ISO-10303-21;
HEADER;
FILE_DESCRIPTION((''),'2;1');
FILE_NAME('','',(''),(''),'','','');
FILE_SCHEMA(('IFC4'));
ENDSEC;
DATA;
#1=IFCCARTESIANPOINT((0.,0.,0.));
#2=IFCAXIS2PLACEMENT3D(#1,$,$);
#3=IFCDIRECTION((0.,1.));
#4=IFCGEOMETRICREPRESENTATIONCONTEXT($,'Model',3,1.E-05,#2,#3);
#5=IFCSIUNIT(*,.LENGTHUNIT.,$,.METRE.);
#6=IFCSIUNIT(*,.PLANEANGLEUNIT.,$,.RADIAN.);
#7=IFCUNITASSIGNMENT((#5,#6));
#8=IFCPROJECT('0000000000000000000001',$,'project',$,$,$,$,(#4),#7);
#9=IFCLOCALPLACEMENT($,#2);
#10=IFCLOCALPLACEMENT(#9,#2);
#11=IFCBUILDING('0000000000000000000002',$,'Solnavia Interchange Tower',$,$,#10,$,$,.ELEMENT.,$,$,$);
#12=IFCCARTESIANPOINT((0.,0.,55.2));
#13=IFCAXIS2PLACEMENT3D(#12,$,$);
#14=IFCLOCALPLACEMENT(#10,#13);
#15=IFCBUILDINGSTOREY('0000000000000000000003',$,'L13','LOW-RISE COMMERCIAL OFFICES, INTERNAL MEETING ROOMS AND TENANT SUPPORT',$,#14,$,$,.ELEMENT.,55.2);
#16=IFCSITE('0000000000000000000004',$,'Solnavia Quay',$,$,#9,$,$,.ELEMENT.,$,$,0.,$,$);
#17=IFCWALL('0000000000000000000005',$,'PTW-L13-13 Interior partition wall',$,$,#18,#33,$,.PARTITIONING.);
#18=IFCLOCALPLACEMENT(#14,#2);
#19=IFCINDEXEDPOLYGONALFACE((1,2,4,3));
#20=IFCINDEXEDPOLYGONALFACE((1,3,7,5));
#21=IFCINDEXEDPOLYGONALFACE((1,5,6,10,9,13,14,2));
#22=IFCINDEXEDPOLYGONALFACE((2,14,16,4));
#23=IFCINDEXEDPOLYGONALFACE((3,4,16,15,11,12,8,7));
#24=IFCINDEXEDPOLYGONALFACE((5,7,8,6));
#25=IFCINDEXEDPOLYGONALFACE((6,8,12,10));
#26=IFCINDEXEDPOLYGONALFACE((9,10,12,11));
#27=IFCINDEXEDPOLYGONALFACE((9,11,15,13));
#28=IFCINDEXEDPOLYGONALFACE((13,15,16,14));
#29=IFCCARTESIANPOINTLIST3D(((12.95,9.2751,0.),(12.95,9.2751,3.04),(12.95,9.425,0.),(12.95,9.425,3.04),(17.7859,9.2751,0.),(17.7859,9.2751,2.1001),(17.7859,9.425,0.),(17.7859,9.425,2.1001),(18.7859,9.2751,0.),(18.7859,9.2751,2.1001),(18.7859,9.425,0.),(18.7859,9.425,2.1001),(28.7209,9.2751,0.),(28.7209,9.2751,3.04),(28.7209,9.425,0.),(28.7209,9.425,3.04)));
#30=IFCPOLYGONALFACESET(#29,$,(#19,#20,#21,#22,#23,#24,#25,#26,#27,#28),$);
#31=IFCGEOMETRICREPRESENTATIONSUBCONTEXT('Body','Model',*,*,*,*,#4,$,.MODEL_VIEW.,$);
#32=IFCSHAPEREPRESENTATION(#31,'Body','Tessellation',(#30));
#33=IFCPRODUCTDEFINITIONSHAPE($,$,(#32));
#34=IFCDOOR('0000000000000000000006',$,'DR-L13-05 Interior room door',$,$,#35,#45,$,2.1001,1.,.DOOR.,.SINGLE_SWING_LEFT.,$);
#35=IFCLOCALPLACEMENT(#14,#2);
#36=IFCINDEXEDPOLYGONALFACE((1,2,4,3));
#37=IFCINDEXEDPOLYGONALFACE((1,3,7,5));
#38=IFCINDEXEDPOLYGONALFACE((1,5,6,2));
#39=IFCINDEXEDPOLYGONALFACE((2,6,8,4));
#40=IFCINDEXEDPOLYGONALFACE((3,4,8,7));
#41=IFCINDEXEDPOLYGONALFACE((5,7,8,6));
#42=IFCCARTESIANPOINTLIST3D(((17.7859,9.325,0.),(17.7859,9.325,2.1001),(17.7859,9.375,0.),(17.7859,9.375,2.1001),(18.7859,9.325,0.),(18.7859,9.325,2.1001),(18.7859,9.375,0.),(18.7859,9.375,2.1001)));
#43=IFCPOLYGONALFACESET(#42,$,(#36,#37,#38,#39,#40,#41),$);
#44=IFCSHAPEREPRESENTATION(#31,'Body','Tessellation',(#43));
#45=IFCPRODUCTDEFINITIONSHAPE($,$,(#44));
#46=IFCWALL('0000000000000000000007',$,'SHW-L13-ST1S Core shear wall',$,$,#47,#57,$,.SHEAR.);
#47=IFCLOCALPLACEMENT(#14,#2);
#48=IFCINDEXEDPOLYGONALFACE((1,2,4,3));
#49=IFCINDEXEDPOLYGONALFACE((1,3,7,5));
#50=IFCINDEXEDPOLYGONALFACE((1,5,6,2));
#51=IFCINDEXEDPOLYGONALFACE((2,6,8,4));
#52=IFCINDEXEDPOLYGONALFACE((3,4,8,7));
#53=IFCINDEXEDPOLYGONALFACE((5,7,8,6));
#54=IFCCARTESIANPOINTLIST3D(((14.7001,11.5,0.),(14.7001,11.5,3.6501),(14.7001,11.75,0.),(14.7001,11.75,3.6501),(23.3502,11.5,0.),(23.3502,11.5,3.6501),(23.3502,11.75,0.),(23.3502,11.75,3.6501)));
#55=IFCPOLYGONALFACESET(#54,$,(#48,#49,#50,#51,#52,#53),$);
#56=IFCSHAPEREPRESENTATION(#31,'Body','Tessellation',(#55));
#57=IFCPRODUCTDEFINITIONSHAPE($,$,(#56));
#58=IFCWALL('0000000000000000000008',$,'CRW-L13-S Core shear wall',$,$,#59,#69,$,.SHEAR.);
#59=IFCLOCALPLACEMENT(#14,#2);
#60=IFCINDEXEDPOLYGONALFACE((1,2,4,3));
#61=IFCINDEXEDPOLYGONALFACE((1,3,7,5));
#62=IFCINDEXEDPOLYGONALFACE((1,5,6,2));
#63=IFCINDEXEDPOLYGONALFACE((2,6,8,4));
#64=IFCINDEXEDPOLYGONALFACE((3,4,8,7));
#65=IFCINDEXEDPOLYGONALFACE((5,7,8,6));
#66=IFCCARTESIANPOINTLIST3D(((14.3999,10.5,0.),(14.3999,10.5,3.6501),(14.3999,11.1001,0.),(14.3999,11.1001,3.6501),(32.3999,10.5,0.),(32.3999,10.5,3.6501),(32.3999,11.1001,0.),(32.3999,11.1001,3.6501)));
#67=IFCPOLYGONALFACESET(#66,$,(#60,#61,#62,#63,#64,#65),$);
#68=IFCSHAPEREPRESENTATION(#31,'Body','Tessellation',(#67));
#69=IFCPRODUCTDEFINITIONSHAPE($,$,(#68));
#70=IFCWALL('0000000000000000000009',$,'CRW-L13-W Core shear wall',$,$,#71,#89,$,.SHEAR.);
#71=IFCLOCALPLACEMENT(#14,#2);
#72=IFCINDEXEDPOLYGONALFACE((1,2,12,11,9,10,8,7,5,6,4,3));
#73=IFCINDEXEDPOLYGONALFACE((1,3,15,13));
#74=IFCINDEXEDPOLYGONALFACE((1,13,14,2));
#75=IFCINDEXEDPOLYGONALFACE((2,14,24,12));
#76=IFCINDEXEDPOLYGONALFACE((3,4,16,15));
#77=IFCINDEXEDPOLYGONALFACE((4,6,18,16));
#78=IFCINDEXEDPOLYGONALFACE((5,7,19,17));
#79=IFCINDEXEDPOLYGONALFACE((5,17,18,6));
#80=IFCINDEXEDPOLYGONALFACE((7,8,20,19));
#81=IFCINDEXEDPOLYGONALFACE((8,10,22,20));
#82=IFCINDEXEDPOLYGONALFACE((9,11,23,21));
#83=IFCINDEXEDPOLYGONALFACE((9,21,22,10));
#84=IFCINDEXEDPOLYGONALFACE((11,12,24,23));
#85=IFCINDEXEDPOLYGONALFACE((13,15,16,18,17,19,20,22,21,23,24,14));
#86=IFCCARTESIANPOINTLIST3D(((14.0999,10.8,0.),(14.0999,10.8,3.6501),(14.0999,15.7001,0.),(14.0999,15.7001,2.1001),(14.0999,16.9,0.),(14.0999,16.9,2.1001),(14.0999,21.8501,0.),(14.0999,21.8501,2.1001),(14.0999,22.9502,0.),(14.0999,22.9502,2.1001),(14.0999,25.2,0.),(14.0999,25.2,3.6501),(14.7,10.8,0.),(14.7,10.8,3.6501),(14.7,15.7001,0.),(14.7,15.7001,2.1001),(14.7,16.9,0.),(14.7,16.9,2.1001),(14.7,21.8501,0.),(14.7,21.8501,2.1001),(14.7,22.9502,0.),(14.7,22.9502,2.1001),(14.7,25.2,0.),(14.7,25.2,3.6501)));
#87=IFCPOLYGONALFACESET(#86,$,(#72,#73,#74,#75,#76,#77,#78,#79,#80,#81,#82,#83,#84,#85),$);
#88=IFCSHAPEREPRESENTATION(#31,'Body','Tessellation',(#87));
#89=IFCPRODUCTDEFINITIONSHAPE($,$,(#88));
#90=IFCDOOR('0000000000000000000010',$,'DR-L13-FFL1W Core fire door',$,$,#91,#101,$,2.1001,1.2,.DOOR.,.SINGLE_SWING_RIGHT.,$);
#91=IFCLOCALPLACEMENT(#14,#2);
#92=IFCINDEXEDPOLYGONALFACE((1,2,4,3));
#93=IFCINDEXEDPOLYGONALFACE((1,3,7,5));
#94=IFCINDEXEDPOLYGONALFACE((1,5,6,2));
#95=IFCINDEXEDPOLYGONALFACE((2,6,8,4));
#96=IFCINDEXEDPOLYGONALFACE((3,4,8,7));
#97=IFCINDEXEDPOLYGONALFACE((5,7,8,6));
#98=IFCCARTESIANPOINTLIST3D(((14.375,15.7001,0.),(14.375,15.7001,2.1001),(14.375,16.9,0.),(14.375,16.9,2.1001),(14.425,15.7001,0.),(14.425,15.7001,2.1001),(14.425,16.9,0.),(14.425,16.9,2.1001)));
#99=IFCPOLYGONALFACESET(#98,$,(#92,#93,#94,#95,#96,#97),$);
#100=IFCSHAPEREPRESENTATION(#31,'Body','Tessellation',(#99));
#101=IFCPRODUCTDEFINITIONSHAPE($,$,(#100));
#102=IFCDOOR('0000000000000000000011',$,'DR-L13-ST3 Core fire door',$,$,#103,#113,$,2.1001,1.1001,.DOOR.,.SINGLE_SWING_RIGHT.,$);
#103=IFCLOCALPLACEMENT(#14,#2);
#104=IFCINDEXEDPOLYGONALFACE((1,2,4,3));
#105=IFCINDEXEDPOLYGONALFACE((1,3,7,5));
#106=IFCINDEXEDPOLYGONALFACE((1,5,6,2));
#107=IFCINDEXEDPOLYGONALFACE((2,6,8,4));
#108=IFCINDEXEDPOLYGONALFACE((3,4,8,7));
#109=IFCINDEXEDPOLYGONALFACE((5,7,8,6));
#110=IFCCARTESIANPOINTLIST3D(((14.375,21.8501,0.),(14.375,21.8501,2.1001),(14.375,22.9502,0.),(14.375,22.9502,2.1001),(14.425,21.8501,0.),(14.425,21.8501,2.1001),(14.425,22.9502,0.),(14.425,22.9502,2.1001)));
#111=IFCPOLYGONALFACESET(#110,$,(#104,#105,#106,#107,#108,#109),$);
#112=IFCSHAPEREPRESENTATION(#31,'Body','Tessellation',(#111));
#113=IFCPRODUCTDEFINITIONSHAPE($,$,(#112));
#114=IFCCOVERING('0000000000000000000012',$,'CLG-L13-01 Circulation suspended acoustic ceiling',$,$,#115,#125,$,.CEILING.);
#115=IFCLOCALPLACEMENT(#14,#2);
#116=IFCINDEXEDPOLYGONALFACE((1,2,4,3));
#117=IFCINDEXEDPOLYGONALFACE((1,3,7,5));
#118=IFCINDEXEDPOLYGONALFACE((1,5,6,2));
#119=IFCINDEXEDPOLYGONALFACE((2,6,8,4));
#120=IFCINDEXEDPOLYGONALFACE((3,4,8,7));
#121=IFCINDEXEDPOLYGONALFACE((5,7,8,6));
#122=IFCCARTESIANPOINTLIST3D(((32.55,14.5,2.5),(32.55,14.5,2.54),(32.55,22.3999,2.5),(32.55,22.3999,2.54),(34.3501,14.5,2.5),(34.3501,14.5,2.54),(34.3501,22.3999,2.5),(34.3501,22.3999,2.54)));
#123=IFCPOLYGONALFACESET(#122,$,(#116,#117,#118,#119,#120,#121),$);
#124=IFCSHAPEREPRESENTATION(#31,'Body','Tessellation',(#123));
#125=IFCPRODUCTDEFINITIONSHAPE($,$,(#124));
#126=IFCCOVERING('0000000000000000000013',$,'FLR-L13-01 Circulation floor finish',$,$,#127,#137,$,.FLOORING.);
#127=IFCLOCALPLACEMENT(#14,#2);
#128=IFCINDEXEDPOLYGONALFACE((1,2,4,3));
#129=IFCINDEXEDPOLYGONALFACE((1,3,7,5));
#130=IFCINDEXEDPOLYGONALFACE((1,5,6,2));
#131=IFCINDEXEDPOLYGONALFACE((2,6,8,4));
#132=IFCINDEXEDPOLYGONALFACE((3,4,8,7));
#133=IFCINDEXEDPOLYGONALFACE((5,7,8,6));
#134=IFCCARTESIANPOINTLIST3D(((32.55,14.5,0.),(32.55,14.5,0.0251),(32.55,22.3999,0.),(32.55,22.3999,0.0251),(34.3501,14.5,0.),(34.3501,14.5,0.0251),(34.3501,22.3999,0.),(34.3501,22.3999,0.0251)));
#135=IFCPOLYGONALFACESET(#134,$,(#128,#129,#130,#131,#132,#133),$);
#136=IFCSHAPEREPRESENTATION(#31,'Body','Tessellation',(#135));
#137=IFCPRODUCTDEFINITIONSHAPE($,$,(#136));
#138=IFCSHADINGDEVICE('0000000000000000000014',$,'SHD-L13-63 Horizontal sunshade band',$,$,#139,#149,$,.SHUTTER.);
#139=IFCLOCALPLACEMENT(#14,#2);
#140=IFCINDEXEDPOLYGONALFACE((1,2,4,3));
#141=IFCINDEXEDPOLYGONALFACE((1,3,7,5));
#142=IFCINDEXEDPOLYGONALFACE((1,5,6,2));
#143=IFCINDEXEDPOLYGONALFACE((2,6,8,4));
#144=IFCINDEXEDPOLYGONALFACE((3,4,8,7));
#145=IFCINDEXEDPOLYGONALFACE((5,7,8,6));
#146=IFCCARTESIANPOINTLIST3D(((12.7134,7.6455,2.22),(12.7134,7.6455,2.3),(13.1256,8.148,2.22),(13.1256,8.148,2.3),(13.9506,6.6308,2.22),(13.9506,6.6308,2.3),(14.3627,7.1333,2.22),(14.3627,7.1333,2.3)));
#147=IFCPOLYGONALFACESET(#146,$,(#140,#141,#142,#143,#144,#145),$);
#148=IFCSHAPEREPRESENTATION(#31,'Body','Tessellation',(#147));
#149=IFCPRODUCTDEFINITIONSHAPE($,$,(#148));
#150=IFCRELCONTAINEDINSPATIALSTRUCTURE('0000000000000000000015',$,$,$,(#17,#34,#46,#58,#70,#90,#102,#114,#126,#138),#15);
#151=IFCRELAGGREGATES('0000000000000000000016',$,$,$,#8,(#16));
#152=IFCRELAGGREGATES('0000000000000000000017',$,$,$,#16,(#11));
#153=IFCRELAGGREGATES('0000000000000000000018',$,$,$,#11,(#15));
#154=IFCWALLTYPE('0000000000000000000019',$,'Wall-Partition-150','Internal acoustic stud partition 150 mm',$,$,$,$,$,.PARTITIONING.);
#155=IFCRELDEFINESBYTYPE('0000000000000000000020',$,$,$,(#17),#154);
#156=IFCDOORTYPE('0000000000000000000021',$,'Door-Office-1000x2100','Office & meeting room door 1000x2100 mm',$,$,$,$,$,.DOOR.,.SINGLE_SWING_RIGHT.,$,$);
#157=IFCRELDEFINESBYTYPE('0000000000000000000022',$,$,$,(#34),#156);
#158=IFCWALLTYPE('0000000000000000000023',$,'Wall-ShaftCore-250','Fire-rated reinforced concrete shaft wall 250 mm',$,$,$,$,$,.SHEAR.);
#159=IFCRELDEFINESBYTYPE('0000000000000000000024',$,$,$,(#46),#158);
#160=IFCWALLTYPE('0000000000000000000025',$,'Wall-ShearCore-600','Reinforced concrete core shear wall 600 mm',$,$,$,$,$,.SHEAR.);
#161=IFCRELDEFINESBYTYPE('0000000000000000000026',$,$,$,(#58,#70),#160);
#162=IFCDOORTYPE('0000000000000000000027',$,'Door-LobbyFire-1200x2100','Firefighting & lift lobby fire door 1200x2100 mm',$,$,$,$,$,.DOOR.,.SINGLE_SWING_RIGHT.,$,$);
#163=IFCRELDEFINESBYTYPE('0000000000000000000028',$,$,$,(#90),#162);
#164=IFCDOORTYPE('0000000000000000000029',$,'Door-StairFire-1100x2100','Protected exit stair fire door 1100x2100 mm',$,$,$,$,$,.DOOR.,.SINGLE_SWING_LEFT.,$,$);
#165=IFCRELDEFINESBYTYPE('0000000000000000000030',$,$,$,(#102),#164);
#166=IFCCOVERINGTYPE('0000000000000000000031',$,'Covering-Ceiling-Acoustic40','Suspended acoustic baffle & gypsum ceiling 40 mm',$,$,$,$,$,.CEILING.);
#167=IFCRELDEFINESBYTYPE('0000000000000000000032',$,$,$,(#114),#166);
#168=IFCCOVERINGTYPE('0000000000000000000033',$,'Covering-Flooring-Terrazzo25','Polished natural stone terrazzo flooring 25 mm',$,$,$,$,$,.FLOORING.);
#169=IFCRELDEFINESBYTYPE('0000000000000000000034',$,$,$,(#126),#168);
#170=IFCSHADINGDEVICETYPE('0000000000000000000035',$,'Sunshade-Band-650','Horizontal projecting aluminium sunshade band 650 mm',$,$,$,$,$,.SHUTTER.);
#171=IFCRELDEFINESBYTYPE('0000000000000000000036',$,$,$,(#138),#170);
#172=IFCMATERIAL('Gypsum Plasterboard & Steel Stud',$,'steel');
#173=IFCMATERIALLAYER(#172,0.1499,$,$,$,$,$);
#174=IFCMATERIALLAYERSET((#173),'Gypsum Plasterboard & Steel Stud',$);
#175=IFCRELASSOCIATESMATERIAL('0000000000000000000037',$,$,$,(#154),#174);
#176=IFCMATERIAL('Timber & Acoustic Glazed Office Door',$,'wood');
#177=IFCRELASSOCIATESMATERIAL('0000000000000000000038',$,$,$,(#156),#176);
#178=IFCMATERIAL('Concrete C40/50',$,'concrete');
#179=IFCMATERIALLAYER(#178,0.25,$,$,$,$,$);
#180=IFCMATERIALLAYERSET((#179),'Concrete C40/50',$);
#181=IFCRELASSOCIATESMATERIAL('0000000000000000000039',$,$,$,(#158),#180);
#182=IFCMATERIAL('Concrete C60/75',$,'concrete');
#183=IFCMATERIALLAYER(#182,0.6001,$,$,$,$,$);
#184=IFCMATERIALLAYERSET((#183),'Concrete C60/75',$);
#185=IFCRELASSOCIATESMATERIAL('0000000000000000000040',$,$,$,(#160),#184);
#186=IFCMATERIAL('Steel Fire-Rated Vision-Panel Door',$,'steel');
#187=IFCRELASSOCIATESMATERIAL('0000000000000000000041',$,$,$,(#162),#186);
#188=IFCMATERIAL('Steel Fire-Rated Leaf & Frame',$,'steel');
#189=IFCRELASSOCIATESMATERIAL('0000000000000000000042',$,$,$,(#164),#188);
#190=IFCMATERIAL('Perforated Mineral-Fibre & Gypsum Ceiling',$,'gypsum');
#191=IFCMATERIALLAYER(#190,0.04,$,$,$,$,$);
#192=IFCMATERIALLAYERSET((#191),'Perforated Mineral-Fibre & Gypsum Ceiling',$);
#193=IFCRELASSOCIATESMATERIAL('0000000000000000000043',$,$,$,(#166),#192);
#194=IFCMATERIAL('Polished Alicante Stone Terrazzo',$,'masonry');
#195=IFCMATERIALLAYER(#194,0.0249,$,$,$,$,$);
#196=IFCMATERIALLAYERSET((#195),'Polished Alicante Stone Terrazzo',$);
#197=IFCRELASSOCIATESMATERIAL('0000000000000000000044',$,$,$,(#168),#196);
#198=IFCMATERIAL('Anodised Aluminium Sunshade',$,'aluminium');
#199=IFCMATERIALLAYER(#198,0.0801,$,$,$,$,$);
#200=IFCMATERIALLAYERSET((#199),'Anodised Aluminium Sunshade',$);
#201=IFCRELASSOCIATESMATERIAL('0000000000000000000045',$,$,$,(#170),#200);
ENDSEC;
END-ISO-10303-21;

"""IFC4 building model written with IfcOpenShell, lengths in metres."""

from ifc_helpers import new_model, si_unit, direction, frame, frame_2d, origin, origin_2d, place, context, subcontext, project, spatial, polyline, rectangle, outline, extrude, material, layer, layer_set, type_object, element, fill, save


model = new_model("IFC4")

# Units and contexts
model_context = context("Model", 3, precision=1e-05, world=origin(), true_north=direction((0.0, 1.0)))
body_context = subcontext(model_context, "Body", "Model", "MODEL_VIEW")
ifc_project = project(units=[si_unit("LENGTHUNIT", "METRE"), si_unit("PLANEANGLEUNIT", "RADIAN")], contexts=[model_context])

# Site, building, storey
site_placement = place(None, origin())
site = spatial("IfcSite", under=ifc_project, at=site_placement, Name="Solnavia Quay", CompositionType="ELEMENT", RefElevation=0.0)
building_placement = place(site_placement, origin())
building = spatial("IfcBuilding", under=site, at=building_placement, Name="Solnavia Interchange Tower", CompositionType="ELEMENT")
storey_placement = place(building_placement, frame((0.0, 0.0, 55.2)))
storey = spatial("IfcBuildingStorey", under=building, at=storey_placement, Name="L13", Description="LOW-RISE COMMERCIAL OFFICES, INTERNAL MEETING ROOMS AND TENANT SUPPORT", CompositionType="ELEMENT", Elevation=55.2)

# Shared definitions
ifc_material_1 = material(Name="Concrete C60/75", Category="concrete")

# Shared definitions
ifc_material_2 = material(Name="Concrete C40/50", Category="concrete")

# Shared definitions
ifc_material_3 = material(Name="Gypsum Plasterboard & Steel Stud", Category="steel")
ifc_layer_1 = layer(ifc_material_3, 0.1499)
ifc_layer_set_1 = layer_set([ifc_layer_1], Name="Gypsum Plasterboard & Steel Stud")
wall_type_1 = type_object("IfcWallType", Name="Wall-Partition-150", Description="Internal acoustic stud partition 150 mm", PredefinedType="PARTITIONING", material=ifc_layer_set_1)

# Wall, opening, door
ifc_material_4 = material(Name="Timber & Acoustic Glazed Office Door", Category="wood")
door_type_1 = type_object("IfcDoorType", Name="Door-Office-1000x2100", Description="Office & meeting room door 1000x2100 mm", OperationType="SINGLE_SWING_RIGHT", PredefinedType="DOOR", material=ifc_material_4)
wall_1_placement = place(storey_placement, frame((12.95, 9.3501, 0.0), z_axis=(0.0, 0.0, 1.0), x_axis=(1.0, 0.0, 0.0)))
wall_1 = element("IfcWall", 1, at=wall_1_placement, inside=storey, type_object=wall_type_1, Name="PTW-L13-13 Interior partition wall", PredefinedType="PARTITIONING", context=body_context, shape_type="SweptSolid", body=[
    extrude(rectangle(XDim=15.771, YDim=0.1499, at=frame_2d((7.8855, 0.0))), origin(), (0.0, 0.0, 1.0), 3.04),
])
opening_1_placement = place(wall_1_placement, frame((4.8359, 0.0, 0.0)))
opening_1 = element("IfcOpeningElement", 2, at=opening_1_placement, cuts=wall_1, PredefinedType="OPENING", context=body_context, shape_type="SweptSolid", body=[
    extrude(rectangle(XDim=1.0, YDim=2.1001, at=frame_2d((0.5, 1.05))), frame((0.0, 0.085, 0.0), z_axis=(0.0, -1.0, 0.0), x_axis=(1.0, 0.0, 0.0)), (0.0, 0.0, 1.0), 0.1699),
])
door_1_placement = place(opening_1_placement, origin())
door_1 = element("IfcDoor", 3, at=door_1_placement, inside=storey, type_object=door_type_1, Name="DR-L13-05 Interior room door", OperationType="SINGLE_SWING_LEFT", OverallHeight=2.1001, OverallWidth=1.0, PredefinedType="DOOR", context=body_context, shape_type="SweptSolid", body=[
    extrude(rectangle(XDim=1.0, YDim=2.1001, at=frame_2d((0.5, 1.05))), frame((0.0, 0.0249, 0.0), z_axis=(0.0, -1.0, 0.0), x_axis=(1.0, 0.0, 0.0)), (0.0, 0.0, 1.0), 0.05),
])
fill(opening_1, door_1)

# Walls
ifc_layer_2 = layer(ifc_material_2, 0.25)
ifc_layer_set_2 = layer_set([ifc_layer_2], Name="Concrete C40/50")
wall_type_2 = type_object("IfcWallType", Name="Wall-ShaftCore-250", Description="Fire-rated reinforced concrete shaft wall 250 mm", PredefinedType="SHEAR", material=ifc_layer_set_2)
wall_2_placement = place(storey_placement, frame((14.7, 11.625, 0.0), z_axis=(0.0, 0.0, 1.0), x_axis=(1.0, 0.0, 0.0)))
element("IfcWall", 4, at=wall_2_placement, inside=storey, type_object=wall_type_2, Name="SHW-L13-ST1S Core shear wall", PredefinedType="SHEAR", context=body_context, shape_type="SweptSolid", body=[
    extrude(rectangle(XDim=8.6501, YDim=0.25, at=frame_2d((4.3252, 0.0))), origin(), (0.0, 0.0, 1.0), 3.6501),
])
ifc_layer_3 = layer(ifc_material_1, 0.6001)
ifc_layer_set_3 = layer_set([ifc_layer_3], Name="Concrete C60/75")
wall_type_3 = type_object("IfcWallType", Name="Wall-ShearCore-600", Description="Reinforced concrete core shear wall 600 mm", PredefinedType="SHEAR", material=ifc_layer_set_3)
wall_3_placement = place(storey_placement, frame((14.3999, 10.8, 0.0), z_axis=(0.0, 0.0, 1.0), x_axis=(1.0, 0.0, 0.0)))
element("IfcWall", 5, at=wall_3_placement, inside=storey, type_object=wall_type_3, Name="CRW-L13-S Core shear wall", PredefinedType="SHEAR", context=body_context, shape_type="SweptSolid", body=[
    extrude(rectangle(XDim=18.0, YDim=0.6001, at=frame_2d((9.0, 0.0))), origin(), (0.0, 0.0, 1.0), 3.6501),
])

# Wall, openings, doors
wall_4_placement = place(storey_placement, frame((14.3999, 10.8, 0.0), z_axis=(0.0, 0.0, 1.0), x_axis=(0.0, 1.0, 0.0)))
wall_4 = element("IfcWall", 6, at=wall_4_placement, inside=storey, type_object=wall_type_3, Name="CRW-L13-W Core shear wall", PredefinedType="SHEAR", context=body_context, shape_type="SweptSolid", body=[
    extrude(rectangle(XDim=14.3999, YDim=0.6001, at=frame_2d((7.2, 0.0))), origin(), (0.0, 0.0, 1.0), 3.6501),
])
opening_2_placement = place(wall_4_placement, frame((11.05, 0.0, 0.0)))
opening_2 = element("IfcOpeningElement", 7, at=opening_2_placement, cuts=wall_4, PredefinedType="OPENING", context=body_context, shape_type="SweptSolid", body=[
    extrude(rectangle(XDim=1.1001, YDim=2.1001, at=frame_2d((0.55, 1.05))), frame((0.0, 0.3101, 0.0), z_axis=(0.0, -1.0, 0.0), x_axis=(1.0, 0.0, 0.0)), (0.0, 0.0, 1.0), 0.6201),
])
opening_3_placement = place(wall_4_placement, frame((4.8999, 0.0, 0.0)))
opening_3 = element("IfcOpeningElement", 8, at=opening_3_placement, cuts=wall_4, PredefinedType="OPENING", context=body_context, shape_type="SweptSolid", body=[
    extrude(rectangle(XDim=1.2, YDim=2.1001, at=frame_2d((0.6001, 1.05))), frame((0.0, 0.3101, 0.0), z_axis=(0.0, -1.0, 0.0), x_axis=(1.0, 0.0, 0.0)), (0.0, 0.0, 1.0), 0.6201),
])
ifc_material_5 = material(Name="Steel Fire-Rated Vision-Panel Door", Category="steel")
door_type_2 = type_object("IfcDoorType", Name="Door-LobbyFire-1200x2100", Description="Firefighting & lift lobby fire door 1200x2100 mm", OperationType="SINGLE_SWING_RIGHT", PredefinedType="DOOR", material=ifc_material_5)
door_2_placement = place(opening_3_placement, origin())
door_2 = element("IfcDoor", 9, at=door_2_placement, inside=storey, type_object=door_type_2, Name="DR-L13-FFL1W Core fire door", OperationType="SINGLE_SWING_RIGHT", OverallHeight=2.1001, OverallWidth=1.2, PredefinedType="DOOR", context=body_context, shape_type="SweptSolid", body=[
    extrude(rectangle(XDim=1.2, YDim=2.1001, at=frame_2d((0.6001, 1.05))), frame((0.0, 0.0249, 0.0), z_axis=(0.0, -1.0, 0.0), x_axis=(1.0, 0.0, 0.0)), (0.0, 0.0, 1.0), 0.05),
])
fill(opening_3, door_2)
ifc_material_6 = material(Name="Steel Fire-Rated Leaf & Frame", Category="steel")
door_type_3 = type_object("IfcDoorType", Name="Door-StairFire-1100x2100", Description="Protected exit stair fire door 1100x2100 mm", OperationType="SINGLE_SWING_LEFT", PredefinedType="DOOR", material=ifc_material_6)
door_3_placement = place(opening_2_placement, origin())
door_3 = element("IfcDoor", 10, at=door_3_placement, inside=storey, type_object=door_type_3, Name="DR-L13-ST3 Core fire door", OperationType="SINGLE_SWING_RIGHT", OverallHeight=2.1001, OverallWidth=1.1001, PredefinedType="DOOR", context=body_context, shape_type="SweptSolid", body=[
    extrude(rectangle(XDim=1.1001, YDim=2.1001, at=frame_2d((0.55, 1.05))), frame((0.0, 0.0249, 0.0), z_axis=(0.0, -1.0, 0.0), x_axis=(1.0, 0.0, 0.0)), (0.0, 0.0, 1.0), 0.05),
])
fill(opening_2, door_3)

# Coverings
ifc_material_7 = material(Name="Perforated Mineral-Fibre & Gypsum Ceiling", Category="gypsum")
ifc_layer_4 = layer(ifc_material_7, 0.04)
ifc_layer_set_4 = layer_set([ifc_layer_4], Name="Perforated Mineral-Fibre & Gypsum Ceiling")
covering_type_1 = type_object("IfcCoveringType", Name="Covering-Ceiling-Acoustic40", Description="Suspended acoustic baffle & gypsum ceiling 40 mm", PredefinedType="CEILING", material=ifc_layer_set_4)
covering_1_placement = place(storey_placement, frame((0.0, 0.0, 2.5)))
element("IfcCovering", 11, at=covering_1_placement, inside=storey, type_object=covering_type_1, Name="CLG-L13-01 Circulation suspended acoustic ceiling", PredefinedType="CEILING", context=body_context, shape_type="SweptSolid", body=[
    extrude(outline(polyline([(32.55, 14.5), (34.3501, 14.5), (34.3501, 22.3999), (32.55, 22.3999), (32.55, 14.5)])), origin(), (0.0, 0.0, 1.0), 0.04),
])
ifc_material_8 = material(Name="Polished Alicante Stone Terrazzo", Category="masonry")
ifc_layer_5 = layer(ifc_material_8, 0.0249)
ifc_layer_set_5 = layer_set([ifc_layer_5], Name="Polished Alicante Stone Terrazzo")
covering_type_2 = type_object("IfcCoveringType", Name="Covering-Flooring-Terrazzo25", Description="Polished natural stone terrazzo flooring 25 mm", PredefinedType="FLOORING", material=ifc_layer_set_5)
covering_2_placement = place(storey_placement, origin())
element("IfcCovering", 12, at=covering_2_placement, inside=storey, type_object=covering_type_2, Name="FLR-L13-01 Circulation floor finish", PredefinedType="FLOORING", context=body_context, shape_type="SweptSolid", body=[
    extrude(outline(polyline([(32.55, 14.5), (34.3501, 14.5), (34.3501, 22.3999), (32.55, 22.3999), (32.55, 14.5)])), origin(), (0.0, 0.0, 1.0), 0.0251),
])

# Shading device
ifc_material_9 = material(Name="Anodised Aluminium Sunshade", Category="aluminium")
ifc_layer_6 = layer(ifc_material_9, 0.0801)
ifc_layer_set_6 = layer_set([ifc_layer_6], Name="Anodised Aluminium Sunshade")
shading_device_type = type_object("IfcShadingDeviceType", Name="Sunshade-Band-650", Description="Horizontal projecting aluminium sunshade band 650 mm", PredefinedType="SHUTTER", material=ifc_layer_set_6)
shading_device_placement = place(storey_placement, frame((13.5381, 7.3894, 2.22), z_axis=(0.0, 0.0, 1.0), x_axis=(-0.773177, 0.634191, 0.0)))
element("IfcShadingDevice", 13, at=shading_device_placement, inside=storey, type_object=shading_device_type, Name="SHD-L13-63 Horizontal sunshade band", PredefinedType="SHUTTER", context=body_context, shape_type="SweptSolid", body=[
    extrude(rectangle(XDim=1.6001, YDim=0.6499, at=origin_2d()), origin(), (0.0, 0.0, 1.0), 0.0801),
])

save(model, "model.ifc")
